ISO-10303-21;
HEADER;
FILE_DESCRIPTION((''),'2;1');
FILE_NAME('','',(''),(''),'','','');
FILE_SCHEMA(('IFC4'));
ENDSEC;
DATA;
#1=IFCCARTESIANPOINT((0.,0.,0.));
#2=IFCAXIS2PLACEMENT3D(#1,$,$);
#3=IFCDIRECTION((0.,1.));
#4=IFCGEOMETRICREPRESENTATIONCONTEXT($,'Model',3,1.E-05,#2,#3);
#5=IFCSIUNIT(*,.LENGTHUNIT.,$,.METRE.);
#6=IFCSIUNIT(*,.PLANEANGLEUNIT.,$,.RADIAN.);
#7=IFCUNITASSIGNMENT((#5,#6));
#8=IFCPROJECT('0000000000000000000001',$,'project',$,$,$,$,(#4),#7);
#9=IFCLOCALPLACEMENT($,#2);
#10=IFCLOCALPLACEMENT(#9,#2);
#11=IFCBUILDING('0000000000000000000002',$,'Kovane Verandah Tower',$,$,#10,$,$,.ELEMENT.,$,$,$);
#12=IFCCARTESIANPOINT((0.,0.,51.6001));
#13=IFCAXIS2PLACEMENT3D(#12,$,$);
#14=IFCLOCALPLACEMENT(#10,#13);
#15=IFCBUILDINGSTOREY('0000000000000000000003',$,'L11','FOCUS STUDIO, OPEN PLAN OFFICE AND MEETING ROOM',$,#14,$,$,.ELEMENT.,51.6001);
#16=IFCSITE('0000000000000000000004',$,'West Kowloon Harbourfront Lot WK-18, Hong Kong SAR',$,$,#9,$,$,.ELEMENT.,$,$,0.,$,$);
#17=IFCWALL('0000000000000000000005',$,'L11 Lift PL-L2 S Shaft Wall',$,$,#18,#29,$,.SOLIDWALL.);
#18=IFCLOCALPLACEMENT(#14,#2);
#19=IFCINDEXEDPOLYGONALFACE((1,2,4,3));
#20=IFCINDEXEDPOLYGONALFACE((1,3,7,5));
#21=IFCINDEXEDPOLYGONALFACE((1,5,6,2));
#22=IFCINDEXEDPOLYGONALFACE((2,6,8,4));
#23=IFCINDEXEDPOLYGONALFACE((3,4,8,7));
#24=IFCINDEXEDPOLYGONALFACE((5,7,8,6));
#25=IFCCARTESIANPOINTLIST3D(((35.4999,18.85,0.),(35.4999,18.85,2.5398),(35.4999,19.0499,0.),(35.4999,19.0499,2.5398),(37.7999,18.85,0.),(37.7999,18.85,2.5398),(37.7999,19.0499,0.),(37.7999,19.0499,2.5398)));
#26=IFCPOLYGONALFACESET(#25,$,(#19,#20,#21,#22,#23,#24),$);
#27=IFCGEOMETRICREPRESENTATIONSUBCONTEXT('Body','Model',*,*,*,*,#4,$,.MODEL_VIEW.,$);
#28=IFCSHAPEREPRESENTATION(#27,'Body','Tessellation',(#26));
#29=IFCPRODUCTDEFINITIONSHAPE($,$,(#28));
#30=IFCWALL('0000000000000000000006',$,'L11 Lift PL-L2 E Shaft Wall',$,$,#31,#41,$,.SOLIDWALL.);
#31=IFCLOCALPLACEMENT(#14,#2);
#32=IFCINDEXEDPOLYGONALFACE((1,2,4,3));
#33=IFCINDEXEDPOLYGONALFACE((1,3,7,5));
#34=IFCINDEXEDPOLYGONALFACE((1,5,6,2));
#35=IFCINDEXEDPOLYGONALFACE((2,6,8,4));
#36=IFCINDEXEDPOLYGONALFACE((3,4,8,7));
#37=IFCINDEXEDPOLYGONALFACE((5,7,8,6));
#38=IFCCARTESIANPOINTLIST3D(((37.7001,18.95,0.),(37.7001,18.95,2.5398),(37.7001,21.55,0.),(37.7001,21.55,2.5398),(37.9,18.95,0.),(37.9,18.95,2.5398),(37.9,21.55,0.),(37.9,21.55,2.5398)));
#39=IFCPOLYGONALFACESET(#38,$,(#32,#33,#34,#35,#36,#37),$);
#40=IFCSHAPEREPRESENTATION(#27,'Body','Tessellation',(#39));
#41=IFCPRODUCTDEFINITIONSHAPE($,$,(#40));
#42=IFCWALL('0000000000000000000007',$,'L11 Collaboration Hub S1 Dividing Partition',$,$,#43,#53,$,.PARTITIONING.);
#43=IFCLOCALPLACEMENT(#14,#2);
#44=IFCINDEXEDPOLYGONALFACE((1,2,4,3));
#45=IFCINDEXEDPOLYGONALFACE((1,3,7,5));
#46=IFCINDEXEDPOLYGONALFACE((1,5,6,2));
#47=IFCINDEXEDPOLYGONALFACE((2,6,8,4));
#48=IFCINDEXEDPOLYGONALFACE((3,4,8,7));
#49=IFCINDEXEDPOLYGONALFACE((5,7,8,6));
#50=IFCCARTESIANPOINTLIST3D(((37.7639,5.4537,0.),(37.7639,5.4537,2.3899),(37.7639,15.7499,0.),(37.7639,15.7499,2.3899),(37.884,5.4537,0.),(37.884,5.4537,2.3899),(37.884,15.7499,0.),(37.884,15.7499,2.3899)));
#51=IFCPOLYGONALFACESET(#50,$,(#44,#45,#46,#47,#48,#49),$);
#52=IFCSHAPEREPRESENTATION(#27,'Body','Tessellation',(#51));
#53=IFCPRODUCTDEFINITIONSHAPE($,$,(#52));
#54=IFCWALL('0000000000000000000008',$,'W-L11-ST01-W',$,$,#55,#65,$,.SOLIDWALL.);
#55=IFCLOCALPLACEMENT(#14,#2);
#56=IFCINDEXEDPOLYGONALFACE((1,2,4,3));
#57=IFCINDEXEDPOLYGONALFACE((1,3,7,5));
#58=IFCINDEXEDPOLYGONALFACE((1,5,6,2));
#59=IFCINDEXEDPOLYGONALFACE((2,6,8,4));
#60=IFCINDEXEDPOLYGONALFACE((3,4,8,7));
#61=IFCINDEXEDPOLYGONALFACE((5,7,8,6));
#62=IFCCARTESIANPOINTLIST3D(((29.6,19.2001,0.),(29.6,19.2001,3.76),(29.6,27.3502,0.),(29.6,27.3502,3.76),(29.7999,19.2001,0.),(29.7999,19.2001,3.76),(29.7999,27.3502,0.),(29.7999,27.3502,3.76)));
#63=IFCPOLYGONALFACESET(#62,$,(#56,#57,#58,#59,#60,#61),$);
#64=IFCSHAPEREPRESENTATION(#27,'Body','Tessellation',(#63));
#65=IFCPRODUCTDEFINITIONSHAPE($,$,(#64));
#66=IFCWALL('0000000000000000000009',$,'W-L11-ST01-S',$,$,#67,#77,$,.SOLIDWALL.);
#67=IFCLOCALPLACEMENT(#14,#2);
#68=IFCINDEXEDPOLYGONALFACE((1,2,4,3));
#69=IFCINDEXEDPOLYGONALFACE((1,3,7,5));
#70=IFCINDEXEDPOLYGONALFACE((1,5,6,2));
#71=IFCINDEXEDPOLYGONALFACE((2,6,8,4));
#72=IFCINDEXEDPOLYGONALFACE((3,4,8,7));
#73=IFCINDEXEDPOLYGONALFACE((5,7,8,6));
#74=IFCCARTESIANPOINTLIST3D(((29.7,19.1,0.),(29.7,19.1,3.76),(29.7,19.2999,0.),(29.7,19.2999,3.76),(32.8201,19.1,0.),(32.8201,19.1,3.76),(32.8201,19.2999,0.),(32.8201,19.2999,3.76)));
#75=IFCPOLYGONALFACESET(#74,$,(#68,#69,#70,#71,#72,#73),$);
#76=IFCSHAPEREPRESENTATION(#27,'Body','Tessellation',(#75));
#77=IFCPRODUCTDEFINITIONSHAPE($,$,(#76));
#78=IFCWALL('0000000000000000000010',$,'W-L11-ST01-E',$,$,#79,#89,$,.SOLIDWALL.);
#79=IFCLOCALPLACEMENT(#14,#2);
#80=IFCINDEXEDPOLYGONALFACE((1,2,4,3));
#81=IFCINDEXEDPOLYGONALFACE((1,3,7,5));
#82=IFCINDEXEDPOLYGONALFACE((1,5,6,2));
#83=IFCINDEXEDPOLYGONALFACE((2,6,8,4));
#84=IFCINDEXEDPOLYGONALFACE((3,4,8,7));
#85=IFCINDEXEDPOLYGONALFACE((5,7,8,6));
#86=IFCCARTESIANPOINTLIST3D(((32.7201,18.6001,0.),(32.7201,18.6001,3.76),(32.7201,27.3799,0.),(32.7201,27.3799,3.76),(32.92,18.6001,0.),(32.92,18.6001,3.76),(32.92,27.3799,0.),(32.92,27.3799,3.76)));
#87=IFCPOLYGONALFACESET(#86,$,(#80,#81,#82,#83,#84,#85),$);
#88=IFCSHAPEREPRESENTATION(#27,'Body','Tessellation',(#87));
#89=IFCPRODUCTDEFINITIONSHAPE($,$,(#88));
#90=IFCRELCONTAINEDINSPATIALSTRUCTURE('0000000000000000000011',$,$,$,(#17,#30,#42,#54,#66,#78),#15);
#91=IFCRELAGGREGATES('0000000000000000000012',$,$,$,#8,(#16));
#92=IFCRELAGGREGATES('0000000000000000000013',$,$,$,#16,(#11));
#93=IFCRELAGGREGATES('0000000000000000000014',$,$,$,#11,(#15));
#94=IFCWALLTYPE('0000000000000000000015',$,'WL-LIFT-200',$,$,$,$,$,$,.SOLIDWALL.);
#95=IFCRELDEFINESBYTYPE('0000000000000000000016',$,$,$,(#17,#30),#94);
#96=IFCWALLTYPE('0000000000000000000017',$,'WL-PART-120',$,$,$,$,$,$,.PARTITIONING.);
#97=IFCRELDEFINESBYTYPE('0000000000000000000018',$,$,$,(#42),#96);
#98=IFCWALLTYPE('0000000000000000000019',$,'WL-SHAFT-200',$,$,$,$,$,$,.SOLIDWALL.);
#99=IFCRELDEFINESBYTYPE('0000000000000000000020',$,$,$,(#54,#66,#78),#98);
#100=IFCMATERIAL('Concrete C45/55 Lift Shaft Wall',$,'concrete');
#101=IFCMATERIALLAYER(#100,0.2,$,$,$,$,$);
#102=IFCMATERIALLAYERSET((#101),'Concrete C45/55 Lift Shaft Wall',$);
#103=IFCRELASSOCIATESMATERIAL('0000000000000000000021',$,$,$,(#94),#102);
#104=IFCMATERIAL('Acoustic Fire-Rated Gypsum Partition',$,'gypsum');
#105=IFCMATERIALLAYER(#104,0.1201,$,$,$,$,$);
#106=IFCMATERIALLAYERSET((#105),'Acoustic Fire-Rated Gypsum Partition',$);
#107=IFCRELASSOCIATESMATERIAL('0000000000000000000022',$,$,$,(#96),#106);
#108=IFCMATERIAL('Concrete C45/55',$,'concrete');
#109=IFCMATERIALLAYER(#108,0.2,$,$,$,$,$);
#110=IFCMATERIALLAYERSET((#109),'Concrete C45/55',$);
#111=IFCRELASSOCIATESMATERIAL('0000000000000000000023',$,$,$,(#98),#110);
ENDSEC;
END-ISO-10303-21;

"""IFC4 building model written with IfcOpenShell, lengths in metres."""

from ifc_helpers import new_model, si_unit, direction, frame, frame_2d, origin, place, context, subcontext, project, spatial, rectangle, extrude, material, layer, layer_set, type_object, element, save


model = new_model("IFC4")

# Units and contexts
model_context = context("Model", 3, precision=1e-05, world=origin(), true_north=direction((0.0, 1.0)))
body_context = subcontext(model_context, "Body", "Model", "MODEL_VIEW")
ifc_project = project(units=[si_unit("LENGTHUNIT", "METRE"), si_unit("PLANEANGLEUNIT", "RADIAN")], contexts=[model_context])

# Site, building, storey
site_placement = place(None, origin())
site = spatial("IfcSite", under=ifc_project, at=site_placement, Name="West Kowloon Harbourfront Lot WK-18, Hong Kong SAR", CompositionType="ELEMENT", RefElevation=0.0)
building_placement = place(site_placement, origin())
building = spatial("IfcBuilding", under=site, at=building_placement, Name="Kovane Verandah Tower", CompositionType="ELEMENT")
storey_placement = place(building_placement, frame((0.0, 0.0, 51.6001)))
storey = spatial("IfcBuildingStorey", under=building, at=storey_placement, Name="L11", Description="FOCUS STUDIO, OPEN PLAN OFFICE AND MEETING ROOM", CompositionType="ELEMENT", Elevation=51.6001)

# Shared definitions
ifc_material_1 = material(Name="Concrete C45/55 Lift Shaft Wall", Category="concrete")
ifc_layer_1 = layer(ifc_material_1, 0.2)
ifc_layer_set_1 = layer_set([ifc_layer_1], Name="Concrete C45/55 Lift Shaft Wall")
wall_type_1 = type_object("IfcWallType", Name="WL-LIFT-200", PredefinedType="SOLIDWALL", material=ifc_layer_set_1)

# Walls
wall_1_placement = place(storey_placement, frame((35.5, 18.95, 0.0), z_axis=(0.0, 0.0, 1.0), x_axis=(1.0, 0.0, 0.0)))
element("IfcWall", 1, at=wall_1_placement, inside=storey, type_object=wall_type_1, Name="L11 Lift PL-L2 S Shaft Wall", PredefinedType="SOLIDWALL", context=body_context, shape_type="SweptSolid", body=[
    extrude(rectangle(XDim=2.3, YDim=0.2, at=frame_2d((1.1499, 0.0))), origin(), (0.0, 0.0, 1.0), 2.5398),
])
wall_2_placement = place(storey_placement, frame((37.8, 18.95, 0.0), z_axis=(0.0, 0.0, 1.0), x_axis=(0.0, 1.0, 0.0)))
element("IfcWall", 2, at=wall_2_placement, inside=storey, type_object=wall_type_1, Name="L11 Lift PL-L2 E Shaft Wall", PredefinedType="SOLIDWALL", context=body_context, shape_type="SweptSolid", body=[
    extrude(rectangle(XDim=2.6001, YDim=0.2, at=frame_2d((1.3, 0.0))), origin(), (0.0, 0.0, 1.0), 2.5398),
])
ifc_material_2 = material(Name="Acoustic Fire-Rated Gypsum Partition", Category="gypsum")
ifc_layer_2 = layer(ifc_material_2, 0.1201)
ifc_layer_set_2 = layer_set([ifc_layer_2], Name="Acoustic Fire-Rated Gypsum Partition")
wall_type_2 = type_object("IfcWallType", Name="WL-PART-120", PredefinedType="PARTITIONING", material=ifc_layer_set_2)
wall_3_placement = place(storey_placement, frame((37.824, 5.4539, 0.0), z_axis=(0.0, 0.0, 1.0), x_axis=(0.0, 1.0, 0.0)))
element("IfcWall", 3, at=wall_3_placement, inside=storey, type_object=wall_type_2, Name="L11 Collaboration Hub S1 Dividing Partition", PredefinedType="PARTITIONING", context=body_context, shape_type="SweptSolid", body=[
    extrude(rectangle(XDim=10.2961, YDim=0.1201, at=frame_2d((5.1479, 0.0))), origin(), (0.0, 0.0, 1.0), 2.3899),
])
ifc_material_3 = material(Name="Concrete C45/55", Category="concrete")
ifc_layer_3 = layer(ifc_material_3, 0.2)
ifc_layer_set_3 = layer_set([ifc_layer_3], Name="Concrete C45/55")
wall_type_3 = type_object("IfcWallType", Name="WL-SHAFT-200", PredefinedType="SOLIDWALL", material=ifc_layer_set_3)
wall_4_placement = place(storey_placement, frame((29.7, 19.2, 0.0), z_axis=(0.0, 0.0, 1.0), x_axis=(0.0, 1.0, 0.0)))
element("IfcWall", 4, at=wall_4_placement, inside=storey, type_object=wall_type_3, Name="W-L11-ST01-W", PredefinedType="SOLIDWALL", context=body_context, shape_type="SweptSolid", body=[
    extrude(rectangle(XDim=8.1501, YDim=0.2, at=frame_2d((4.0752, 0.0))), origin(), (0.0, 0.0, 1.0), 3.76),
])
wall_5_placement = place(storey_placement, frame((29.7, 19.2, 0.0), z_axis=(0.0, 0.0, 1.0), x_axis=(1.0, 0.0, 0.0)))
element("IfcWall", 5, at=wall_5_placement, inside=storey, type_object=wall_type_3, Name="W-L11-ST01-S", PredefinedType="SOLIDWALL", context=body_context, shape_type="SweptSolid", body=[
    extrude(rectangle(XDim=3.1201, YDim=0.2, at=frame_2d((1.5601, 0.0))), origin(), (0.0, 0.0, 1.0), 3.76),
])
wall_6_placement = place(storey_placement, frame((32.8201, 18.6001, 0.0), z_axis=(0.0, 0.0, 1.0), x_axis=(0.0, 1.0, 0.0)))
element("IfcWall", 6, at=wall_6_placement, inside=storey, type_object=wall_type_3, Name="W-L11-ST01-E", PredefinedType="SOLIDWALL", context=body_context, shape_type="SweptSolid", body=[
    extrude(rectangle(XDim=8.7798, YDim=0.2, at=frame_2d((4.3899, 0.0))), origin(), (0.0, 0.0, 1.0), 3.76),
])

save(model, "model.ifc")
